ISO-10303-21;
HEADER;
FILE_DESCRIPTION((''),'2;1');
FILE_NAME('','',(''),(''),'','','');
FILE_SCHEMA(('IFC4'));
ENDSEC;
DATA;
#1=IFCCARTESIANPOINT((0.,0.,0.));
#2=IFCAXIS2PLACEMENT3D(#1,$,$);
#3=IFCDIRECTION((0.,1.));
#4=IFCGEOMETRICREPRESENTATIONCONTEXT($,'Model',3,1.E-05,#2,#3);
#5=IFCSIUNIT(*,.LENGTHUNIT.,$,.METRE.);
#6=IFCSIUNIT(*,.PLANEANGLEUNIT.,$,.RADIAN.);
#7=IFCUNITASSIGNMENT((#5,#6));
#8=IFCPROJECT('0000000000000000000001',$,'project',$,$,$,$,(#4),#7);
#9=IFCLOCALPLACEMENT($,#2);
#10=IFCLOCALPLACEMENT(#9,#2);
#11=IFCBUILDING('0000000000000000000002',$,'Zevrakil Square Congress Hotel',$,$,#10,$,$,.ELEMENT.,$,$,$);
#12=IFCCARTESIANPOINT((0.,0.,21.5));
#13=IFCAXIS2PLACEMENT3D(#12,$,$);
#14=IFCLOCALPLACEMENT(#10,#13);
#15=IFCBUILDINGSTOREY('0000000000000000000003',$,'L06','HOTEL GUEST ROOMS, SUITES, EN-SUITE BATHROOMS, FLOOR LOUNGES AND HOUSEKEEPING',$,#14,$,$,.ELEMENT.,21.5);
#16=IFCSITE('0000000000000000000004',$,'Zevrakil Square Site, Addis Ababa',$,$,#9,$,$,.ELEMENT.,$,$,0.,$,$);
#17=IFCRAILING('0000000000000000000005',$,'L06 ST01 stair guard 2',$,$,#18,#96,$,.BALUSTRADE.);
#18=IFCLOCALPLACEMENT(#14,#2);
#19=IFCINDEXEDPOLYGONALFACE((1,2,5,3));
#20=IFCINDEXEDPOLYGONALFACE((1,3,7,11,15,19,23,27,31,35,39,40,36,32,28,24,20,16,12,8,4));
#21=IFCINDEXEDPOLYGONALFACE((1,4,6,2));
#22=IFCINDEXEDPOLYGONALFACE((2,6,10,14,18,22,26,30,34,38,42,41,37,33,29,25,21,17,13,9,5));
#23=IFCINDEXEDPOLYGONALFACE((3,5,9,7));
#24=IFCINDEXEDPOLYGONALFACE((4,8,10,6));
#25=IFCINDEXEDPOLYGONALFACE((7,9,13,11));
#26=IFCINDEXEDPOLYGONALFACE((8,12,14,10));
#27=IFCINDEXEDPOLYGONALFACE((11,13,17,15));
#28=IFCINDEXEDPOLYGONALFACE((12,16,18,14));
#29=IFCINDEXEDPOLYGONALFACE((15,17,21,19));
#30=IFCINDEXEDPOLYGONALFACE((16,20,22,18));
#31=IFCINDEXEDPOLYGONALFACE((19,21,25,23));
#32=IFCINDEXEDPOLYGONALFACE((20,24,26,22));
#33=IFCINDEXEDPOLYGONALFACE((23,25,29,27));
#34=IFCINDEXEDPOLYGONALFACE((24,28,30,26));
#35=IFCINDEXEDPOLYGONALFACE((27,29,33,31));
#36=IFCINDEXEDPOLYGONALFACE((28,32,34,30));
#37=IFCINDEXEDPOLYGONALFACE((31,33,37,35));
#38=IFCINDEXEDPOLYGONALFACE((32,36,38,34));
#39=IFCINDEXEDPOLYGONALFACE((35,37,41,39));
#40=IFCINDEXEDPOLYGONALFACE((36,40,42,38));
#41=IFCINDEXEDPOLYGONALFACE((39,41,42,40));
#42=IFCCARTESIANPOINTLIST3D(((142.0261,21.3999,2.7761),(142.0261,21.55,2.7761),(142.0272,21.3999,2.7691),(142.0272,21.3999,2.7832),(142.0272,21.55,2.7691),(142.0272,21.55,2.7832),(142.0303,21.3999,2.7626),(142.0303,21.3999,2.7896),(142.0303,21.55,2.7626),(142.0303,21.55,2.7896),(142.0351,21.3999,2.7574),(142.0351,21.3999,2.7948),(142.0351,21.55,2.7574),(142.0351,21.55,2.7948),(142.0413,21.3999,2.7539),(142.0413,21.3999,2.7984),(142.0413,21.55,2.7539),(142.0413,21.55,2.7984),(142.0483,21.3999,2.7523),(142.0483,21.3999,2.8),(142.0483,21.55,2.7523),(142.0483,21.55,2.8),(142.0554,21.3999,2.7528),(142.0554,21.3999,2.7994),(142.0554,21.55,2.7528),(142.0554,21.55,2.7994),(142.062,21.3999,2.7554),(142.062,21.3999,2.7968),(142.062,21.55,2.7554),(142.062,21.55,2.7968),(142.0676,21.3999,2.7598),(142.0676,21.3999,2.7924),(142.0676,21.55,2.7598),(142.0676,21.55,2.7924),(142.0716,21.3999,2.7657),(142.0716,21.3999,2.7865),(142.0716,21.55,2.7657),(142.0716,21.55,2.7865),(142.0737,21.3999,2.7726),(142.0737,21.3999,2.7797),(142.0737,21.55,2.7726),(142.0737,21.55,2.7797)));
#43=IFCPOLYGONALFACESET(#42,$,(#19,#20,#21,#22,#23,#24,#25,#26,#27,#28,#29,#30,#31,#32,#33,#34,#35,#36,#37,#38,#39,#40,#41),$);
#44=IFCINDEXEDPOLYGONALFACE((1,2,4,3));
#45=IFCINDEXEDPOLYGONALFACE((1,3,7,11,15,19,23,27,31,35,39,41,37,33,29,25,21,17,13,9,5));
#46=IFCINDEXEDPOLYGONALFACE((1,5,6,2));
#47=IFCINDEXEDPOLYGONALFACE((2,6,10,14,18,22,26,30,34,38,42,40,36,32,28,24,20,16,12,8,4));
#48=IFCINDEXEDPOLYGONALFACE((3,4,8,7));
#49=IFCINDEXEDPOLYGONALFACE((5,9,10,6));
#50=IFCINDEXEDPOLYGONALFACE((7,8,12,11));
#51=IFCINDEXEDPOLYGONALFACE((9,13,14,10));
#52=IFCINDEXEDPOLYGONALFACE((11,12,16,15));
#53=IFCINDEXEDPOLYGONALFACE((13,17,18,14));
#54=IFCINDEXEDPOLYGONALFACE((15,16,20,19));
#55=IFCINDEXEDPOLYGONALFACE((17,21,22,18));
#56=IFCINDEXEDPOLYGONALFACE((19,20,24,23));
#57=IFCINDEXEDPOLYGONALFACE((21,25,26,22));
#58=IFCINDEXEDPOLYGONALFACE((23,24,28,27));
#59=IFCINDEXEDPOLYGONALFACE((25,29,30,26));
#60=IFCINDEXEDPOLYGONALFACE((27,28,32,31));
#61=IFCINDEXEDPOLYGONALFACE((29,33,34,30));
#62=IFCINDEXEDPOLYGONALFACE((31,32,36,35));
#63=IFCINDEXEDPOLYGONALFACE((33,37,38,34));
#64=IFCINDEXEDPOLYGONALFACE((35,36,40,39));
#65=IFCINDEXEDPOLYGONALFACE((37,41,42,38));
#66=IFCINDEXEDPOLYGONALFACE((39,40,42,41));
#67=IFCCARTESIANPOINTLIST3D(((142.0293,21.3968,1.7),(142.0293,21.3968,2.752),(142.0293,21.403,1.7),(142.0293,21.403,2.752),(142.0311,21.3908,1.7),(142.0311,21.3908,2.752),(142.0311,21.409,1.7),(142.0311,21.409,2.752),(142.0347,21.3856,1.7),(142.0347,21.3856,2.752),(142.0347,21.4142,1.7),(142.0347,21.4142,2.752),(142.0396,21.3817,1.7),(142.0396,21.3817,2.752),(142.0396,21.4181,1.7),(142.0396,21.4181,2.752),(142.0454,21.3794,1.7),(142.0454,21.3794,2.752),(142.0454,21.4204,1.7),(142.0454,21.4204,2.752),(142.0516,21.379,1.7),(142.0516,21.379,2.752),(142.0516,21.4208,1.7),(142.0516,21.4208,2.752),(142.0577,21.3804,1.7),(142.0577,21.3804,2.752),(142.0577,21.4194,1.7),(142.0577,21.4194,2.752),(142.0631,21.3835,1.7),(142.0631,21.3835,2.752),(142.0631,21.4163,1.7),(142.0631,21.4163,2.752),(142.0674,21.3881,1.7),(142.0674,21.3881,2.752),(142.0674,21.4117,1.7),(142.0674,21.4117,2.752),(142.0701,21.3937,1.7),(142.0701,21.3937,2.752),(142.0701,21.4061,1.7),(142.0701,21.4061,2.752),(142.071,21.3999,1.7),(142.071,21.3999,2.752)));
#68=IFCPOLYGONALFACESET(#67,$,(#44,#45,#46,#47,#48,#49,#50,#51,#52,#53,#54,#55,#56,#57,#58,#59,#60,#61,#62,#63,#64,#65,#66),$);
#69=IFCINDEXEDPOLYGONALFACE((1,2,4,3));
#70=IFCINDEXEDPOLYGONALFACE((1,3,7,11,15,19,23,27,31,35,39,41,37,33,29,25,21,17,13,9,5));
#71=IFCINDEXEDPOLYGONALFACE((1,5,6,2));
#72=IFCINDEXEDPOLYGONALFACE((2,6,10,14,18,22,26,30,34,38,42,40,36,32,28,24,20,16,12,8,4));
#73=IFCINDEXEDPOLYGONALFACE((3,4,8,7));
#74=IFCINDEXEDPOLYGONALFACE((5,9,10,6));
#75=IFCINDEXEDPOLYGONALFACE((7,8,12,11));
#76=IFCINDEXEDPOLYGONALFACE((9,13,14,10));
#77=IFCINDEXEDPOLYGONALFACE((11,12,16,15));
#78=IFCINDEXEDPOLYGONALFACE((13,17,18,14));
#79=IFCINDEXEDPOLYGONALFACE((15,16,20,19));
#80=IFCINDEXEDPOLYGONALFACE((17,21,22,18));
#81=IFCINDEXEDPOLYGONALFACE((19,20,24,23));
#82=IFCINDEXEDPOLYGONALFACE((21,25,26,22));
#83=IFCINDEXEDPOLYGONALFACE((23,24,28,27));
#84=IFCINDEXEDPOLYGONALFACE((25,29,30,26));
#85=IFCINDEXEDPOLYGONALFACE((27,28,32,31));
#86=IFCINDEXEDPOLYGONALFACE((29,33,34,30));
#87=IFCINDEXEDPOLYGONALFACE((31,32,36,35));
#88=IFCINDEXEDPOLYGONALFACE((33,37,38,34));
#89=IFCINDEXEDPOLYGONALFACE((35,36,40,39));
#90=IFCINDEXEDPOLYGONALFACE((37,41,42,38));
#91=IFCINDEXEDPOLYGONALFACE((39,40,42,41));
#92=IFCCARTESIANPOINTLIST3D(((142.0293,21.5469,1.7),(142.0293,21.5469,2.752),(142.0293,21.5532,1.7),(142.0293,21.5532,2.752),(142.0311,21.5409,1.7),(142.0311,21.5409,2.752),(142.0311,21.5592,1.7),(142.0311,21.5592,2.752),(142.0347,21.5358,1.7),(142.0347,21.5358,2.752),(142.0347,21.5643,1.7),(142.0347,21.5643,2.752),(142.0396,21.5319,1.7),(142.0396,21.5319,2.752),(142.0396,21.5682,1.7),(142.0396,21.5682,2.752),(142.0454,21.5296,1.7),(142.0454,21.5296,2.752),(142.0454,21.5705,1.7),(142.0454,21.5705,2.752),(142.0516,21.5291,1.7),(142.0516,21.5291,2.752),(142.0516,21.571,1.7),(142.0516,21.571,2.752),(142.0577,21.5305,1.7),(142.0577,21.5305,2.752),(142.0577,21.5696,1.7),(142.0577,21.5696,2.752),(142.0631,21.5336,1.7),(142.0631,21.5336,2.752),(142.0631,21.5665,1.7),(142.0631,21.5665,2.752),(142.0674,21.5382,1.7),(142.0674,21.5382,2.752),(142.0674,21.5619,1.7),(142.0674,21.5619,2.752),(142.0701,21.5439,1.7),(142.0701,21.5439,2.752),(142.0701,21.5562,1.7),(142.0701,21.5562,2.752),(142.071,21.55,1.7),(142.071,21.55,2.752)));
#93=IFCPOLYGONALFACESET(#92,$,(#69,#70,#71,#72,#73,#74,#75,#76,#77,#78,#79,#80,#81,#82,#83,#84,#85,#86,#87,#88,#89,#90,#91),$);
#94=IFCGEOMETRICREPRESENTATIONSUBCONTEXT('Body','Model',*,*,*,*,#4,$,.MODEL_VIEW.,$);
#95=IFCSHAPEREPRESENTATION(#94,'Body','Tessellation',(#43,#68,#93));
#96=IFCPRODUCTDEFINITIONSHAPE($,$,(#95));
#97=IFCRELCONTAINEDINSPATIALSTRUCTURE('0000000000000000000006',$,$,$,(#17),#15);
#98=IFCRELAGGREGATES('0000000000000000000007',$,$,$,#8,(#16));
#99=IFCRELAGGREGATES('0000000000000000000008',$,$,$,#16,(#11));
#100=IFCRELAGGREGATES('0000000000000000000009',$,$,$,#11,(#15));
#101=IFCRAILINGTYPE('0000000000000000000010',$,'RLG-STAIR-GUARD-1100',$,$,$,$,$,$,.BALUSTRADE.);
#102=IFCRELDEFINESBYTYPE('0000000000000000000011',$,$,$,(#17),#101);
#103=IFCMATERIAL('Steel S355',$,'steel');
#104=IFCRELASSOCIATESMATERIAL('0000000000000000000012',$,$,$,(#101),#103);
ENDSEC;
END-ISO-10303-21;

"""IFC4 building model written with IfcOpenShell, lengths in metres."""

from ifc_helpers import new_model, si_unit, direction, frame, origin, origin_2d, place, context, subcontext, project, spatial, circle, extrude, material, type_object, element, save


model = new_model("IFC4")

# Units and contexts
model_context = context("Model", 3, precision=1e-05, world=origin(), true_north=direction((0.0, 1.0)))
body_context = subcontext(model_context, "Body", "Model", "MODEL_VIEW")
ifc_project = project(units=[si_unit("LENGTHUNIT", "METRE"), si_unit("PLANEANGLEUNIT", "RADIAN")], contexts=[model_context])

# Site, building, storey
site_placement = place(None, origin())
site = spatial("IfcSite", under=ifc_project, at=site_placement, Name="Zevrakil Square Site, Addis Ababa", CompositionType="ELEMENT", RefElevation=0.0)
building_placement = place(site_placement, origin())
building = spatial("IfcBuilding", under=site, at=building_placement, Name="Zevrakil Square Congress Hotel", CompositionType="ELEMENT")
storey_placement = place(building_placement, frame((0.0, 0.0, 21.5)))
storey = spatial("IfcBuildingStorey", under=building, at=storey_placement, Name="L06", Description="HOTEL GUEST ROOMS, SUITES, EN-SUITE BATHROOMS, FLOOR LOUNGES AND HOUSEKEEPING", CompositionType="ELEMENT", Elevation=21.5)

# Railing
ifc_material_1 = material(Name="Steel S355", Category="steel")
railing_type_1 = type_object("IfcRailingType", Name="RLG-STAIR-GUARD-1100", PredefinedType="BALUSTRADE", material=ifc_material_1)
railing_1_placement = place(storey_placement, frame((142.05, 21.3999, 1.7)))
element("IfcRailing", 1, at=railing_1_placement, inside=storey, type_object=railing_type_1, Name="L06 ST01 stair guard 2", PredefinedType="BALUSTRADE", context=body_context, shape_type="SweptSolid", body=[
    extrude(circle(Radius=0.0239, at=origin_2d()), frame((0.0, 0.0, 1.0762), z_axis=(0.0, 1.0, 0.0), x_axis=(-1.0, 0.0, 0.0)), (0.0, 0.0, 1.0), 0.1501),
    extrude(circle(Radius=0.021, at=origin_2d()), origin(), (0.0, 0.0, 1.0), 1.052),
    extrude(circle(Radius=0.021, at=origin_2d()), frame((0.0, 0.1501, 0.0)), (0.0, 0.0, 1.0), 1.052),
])

save(model, "model.ifc")
